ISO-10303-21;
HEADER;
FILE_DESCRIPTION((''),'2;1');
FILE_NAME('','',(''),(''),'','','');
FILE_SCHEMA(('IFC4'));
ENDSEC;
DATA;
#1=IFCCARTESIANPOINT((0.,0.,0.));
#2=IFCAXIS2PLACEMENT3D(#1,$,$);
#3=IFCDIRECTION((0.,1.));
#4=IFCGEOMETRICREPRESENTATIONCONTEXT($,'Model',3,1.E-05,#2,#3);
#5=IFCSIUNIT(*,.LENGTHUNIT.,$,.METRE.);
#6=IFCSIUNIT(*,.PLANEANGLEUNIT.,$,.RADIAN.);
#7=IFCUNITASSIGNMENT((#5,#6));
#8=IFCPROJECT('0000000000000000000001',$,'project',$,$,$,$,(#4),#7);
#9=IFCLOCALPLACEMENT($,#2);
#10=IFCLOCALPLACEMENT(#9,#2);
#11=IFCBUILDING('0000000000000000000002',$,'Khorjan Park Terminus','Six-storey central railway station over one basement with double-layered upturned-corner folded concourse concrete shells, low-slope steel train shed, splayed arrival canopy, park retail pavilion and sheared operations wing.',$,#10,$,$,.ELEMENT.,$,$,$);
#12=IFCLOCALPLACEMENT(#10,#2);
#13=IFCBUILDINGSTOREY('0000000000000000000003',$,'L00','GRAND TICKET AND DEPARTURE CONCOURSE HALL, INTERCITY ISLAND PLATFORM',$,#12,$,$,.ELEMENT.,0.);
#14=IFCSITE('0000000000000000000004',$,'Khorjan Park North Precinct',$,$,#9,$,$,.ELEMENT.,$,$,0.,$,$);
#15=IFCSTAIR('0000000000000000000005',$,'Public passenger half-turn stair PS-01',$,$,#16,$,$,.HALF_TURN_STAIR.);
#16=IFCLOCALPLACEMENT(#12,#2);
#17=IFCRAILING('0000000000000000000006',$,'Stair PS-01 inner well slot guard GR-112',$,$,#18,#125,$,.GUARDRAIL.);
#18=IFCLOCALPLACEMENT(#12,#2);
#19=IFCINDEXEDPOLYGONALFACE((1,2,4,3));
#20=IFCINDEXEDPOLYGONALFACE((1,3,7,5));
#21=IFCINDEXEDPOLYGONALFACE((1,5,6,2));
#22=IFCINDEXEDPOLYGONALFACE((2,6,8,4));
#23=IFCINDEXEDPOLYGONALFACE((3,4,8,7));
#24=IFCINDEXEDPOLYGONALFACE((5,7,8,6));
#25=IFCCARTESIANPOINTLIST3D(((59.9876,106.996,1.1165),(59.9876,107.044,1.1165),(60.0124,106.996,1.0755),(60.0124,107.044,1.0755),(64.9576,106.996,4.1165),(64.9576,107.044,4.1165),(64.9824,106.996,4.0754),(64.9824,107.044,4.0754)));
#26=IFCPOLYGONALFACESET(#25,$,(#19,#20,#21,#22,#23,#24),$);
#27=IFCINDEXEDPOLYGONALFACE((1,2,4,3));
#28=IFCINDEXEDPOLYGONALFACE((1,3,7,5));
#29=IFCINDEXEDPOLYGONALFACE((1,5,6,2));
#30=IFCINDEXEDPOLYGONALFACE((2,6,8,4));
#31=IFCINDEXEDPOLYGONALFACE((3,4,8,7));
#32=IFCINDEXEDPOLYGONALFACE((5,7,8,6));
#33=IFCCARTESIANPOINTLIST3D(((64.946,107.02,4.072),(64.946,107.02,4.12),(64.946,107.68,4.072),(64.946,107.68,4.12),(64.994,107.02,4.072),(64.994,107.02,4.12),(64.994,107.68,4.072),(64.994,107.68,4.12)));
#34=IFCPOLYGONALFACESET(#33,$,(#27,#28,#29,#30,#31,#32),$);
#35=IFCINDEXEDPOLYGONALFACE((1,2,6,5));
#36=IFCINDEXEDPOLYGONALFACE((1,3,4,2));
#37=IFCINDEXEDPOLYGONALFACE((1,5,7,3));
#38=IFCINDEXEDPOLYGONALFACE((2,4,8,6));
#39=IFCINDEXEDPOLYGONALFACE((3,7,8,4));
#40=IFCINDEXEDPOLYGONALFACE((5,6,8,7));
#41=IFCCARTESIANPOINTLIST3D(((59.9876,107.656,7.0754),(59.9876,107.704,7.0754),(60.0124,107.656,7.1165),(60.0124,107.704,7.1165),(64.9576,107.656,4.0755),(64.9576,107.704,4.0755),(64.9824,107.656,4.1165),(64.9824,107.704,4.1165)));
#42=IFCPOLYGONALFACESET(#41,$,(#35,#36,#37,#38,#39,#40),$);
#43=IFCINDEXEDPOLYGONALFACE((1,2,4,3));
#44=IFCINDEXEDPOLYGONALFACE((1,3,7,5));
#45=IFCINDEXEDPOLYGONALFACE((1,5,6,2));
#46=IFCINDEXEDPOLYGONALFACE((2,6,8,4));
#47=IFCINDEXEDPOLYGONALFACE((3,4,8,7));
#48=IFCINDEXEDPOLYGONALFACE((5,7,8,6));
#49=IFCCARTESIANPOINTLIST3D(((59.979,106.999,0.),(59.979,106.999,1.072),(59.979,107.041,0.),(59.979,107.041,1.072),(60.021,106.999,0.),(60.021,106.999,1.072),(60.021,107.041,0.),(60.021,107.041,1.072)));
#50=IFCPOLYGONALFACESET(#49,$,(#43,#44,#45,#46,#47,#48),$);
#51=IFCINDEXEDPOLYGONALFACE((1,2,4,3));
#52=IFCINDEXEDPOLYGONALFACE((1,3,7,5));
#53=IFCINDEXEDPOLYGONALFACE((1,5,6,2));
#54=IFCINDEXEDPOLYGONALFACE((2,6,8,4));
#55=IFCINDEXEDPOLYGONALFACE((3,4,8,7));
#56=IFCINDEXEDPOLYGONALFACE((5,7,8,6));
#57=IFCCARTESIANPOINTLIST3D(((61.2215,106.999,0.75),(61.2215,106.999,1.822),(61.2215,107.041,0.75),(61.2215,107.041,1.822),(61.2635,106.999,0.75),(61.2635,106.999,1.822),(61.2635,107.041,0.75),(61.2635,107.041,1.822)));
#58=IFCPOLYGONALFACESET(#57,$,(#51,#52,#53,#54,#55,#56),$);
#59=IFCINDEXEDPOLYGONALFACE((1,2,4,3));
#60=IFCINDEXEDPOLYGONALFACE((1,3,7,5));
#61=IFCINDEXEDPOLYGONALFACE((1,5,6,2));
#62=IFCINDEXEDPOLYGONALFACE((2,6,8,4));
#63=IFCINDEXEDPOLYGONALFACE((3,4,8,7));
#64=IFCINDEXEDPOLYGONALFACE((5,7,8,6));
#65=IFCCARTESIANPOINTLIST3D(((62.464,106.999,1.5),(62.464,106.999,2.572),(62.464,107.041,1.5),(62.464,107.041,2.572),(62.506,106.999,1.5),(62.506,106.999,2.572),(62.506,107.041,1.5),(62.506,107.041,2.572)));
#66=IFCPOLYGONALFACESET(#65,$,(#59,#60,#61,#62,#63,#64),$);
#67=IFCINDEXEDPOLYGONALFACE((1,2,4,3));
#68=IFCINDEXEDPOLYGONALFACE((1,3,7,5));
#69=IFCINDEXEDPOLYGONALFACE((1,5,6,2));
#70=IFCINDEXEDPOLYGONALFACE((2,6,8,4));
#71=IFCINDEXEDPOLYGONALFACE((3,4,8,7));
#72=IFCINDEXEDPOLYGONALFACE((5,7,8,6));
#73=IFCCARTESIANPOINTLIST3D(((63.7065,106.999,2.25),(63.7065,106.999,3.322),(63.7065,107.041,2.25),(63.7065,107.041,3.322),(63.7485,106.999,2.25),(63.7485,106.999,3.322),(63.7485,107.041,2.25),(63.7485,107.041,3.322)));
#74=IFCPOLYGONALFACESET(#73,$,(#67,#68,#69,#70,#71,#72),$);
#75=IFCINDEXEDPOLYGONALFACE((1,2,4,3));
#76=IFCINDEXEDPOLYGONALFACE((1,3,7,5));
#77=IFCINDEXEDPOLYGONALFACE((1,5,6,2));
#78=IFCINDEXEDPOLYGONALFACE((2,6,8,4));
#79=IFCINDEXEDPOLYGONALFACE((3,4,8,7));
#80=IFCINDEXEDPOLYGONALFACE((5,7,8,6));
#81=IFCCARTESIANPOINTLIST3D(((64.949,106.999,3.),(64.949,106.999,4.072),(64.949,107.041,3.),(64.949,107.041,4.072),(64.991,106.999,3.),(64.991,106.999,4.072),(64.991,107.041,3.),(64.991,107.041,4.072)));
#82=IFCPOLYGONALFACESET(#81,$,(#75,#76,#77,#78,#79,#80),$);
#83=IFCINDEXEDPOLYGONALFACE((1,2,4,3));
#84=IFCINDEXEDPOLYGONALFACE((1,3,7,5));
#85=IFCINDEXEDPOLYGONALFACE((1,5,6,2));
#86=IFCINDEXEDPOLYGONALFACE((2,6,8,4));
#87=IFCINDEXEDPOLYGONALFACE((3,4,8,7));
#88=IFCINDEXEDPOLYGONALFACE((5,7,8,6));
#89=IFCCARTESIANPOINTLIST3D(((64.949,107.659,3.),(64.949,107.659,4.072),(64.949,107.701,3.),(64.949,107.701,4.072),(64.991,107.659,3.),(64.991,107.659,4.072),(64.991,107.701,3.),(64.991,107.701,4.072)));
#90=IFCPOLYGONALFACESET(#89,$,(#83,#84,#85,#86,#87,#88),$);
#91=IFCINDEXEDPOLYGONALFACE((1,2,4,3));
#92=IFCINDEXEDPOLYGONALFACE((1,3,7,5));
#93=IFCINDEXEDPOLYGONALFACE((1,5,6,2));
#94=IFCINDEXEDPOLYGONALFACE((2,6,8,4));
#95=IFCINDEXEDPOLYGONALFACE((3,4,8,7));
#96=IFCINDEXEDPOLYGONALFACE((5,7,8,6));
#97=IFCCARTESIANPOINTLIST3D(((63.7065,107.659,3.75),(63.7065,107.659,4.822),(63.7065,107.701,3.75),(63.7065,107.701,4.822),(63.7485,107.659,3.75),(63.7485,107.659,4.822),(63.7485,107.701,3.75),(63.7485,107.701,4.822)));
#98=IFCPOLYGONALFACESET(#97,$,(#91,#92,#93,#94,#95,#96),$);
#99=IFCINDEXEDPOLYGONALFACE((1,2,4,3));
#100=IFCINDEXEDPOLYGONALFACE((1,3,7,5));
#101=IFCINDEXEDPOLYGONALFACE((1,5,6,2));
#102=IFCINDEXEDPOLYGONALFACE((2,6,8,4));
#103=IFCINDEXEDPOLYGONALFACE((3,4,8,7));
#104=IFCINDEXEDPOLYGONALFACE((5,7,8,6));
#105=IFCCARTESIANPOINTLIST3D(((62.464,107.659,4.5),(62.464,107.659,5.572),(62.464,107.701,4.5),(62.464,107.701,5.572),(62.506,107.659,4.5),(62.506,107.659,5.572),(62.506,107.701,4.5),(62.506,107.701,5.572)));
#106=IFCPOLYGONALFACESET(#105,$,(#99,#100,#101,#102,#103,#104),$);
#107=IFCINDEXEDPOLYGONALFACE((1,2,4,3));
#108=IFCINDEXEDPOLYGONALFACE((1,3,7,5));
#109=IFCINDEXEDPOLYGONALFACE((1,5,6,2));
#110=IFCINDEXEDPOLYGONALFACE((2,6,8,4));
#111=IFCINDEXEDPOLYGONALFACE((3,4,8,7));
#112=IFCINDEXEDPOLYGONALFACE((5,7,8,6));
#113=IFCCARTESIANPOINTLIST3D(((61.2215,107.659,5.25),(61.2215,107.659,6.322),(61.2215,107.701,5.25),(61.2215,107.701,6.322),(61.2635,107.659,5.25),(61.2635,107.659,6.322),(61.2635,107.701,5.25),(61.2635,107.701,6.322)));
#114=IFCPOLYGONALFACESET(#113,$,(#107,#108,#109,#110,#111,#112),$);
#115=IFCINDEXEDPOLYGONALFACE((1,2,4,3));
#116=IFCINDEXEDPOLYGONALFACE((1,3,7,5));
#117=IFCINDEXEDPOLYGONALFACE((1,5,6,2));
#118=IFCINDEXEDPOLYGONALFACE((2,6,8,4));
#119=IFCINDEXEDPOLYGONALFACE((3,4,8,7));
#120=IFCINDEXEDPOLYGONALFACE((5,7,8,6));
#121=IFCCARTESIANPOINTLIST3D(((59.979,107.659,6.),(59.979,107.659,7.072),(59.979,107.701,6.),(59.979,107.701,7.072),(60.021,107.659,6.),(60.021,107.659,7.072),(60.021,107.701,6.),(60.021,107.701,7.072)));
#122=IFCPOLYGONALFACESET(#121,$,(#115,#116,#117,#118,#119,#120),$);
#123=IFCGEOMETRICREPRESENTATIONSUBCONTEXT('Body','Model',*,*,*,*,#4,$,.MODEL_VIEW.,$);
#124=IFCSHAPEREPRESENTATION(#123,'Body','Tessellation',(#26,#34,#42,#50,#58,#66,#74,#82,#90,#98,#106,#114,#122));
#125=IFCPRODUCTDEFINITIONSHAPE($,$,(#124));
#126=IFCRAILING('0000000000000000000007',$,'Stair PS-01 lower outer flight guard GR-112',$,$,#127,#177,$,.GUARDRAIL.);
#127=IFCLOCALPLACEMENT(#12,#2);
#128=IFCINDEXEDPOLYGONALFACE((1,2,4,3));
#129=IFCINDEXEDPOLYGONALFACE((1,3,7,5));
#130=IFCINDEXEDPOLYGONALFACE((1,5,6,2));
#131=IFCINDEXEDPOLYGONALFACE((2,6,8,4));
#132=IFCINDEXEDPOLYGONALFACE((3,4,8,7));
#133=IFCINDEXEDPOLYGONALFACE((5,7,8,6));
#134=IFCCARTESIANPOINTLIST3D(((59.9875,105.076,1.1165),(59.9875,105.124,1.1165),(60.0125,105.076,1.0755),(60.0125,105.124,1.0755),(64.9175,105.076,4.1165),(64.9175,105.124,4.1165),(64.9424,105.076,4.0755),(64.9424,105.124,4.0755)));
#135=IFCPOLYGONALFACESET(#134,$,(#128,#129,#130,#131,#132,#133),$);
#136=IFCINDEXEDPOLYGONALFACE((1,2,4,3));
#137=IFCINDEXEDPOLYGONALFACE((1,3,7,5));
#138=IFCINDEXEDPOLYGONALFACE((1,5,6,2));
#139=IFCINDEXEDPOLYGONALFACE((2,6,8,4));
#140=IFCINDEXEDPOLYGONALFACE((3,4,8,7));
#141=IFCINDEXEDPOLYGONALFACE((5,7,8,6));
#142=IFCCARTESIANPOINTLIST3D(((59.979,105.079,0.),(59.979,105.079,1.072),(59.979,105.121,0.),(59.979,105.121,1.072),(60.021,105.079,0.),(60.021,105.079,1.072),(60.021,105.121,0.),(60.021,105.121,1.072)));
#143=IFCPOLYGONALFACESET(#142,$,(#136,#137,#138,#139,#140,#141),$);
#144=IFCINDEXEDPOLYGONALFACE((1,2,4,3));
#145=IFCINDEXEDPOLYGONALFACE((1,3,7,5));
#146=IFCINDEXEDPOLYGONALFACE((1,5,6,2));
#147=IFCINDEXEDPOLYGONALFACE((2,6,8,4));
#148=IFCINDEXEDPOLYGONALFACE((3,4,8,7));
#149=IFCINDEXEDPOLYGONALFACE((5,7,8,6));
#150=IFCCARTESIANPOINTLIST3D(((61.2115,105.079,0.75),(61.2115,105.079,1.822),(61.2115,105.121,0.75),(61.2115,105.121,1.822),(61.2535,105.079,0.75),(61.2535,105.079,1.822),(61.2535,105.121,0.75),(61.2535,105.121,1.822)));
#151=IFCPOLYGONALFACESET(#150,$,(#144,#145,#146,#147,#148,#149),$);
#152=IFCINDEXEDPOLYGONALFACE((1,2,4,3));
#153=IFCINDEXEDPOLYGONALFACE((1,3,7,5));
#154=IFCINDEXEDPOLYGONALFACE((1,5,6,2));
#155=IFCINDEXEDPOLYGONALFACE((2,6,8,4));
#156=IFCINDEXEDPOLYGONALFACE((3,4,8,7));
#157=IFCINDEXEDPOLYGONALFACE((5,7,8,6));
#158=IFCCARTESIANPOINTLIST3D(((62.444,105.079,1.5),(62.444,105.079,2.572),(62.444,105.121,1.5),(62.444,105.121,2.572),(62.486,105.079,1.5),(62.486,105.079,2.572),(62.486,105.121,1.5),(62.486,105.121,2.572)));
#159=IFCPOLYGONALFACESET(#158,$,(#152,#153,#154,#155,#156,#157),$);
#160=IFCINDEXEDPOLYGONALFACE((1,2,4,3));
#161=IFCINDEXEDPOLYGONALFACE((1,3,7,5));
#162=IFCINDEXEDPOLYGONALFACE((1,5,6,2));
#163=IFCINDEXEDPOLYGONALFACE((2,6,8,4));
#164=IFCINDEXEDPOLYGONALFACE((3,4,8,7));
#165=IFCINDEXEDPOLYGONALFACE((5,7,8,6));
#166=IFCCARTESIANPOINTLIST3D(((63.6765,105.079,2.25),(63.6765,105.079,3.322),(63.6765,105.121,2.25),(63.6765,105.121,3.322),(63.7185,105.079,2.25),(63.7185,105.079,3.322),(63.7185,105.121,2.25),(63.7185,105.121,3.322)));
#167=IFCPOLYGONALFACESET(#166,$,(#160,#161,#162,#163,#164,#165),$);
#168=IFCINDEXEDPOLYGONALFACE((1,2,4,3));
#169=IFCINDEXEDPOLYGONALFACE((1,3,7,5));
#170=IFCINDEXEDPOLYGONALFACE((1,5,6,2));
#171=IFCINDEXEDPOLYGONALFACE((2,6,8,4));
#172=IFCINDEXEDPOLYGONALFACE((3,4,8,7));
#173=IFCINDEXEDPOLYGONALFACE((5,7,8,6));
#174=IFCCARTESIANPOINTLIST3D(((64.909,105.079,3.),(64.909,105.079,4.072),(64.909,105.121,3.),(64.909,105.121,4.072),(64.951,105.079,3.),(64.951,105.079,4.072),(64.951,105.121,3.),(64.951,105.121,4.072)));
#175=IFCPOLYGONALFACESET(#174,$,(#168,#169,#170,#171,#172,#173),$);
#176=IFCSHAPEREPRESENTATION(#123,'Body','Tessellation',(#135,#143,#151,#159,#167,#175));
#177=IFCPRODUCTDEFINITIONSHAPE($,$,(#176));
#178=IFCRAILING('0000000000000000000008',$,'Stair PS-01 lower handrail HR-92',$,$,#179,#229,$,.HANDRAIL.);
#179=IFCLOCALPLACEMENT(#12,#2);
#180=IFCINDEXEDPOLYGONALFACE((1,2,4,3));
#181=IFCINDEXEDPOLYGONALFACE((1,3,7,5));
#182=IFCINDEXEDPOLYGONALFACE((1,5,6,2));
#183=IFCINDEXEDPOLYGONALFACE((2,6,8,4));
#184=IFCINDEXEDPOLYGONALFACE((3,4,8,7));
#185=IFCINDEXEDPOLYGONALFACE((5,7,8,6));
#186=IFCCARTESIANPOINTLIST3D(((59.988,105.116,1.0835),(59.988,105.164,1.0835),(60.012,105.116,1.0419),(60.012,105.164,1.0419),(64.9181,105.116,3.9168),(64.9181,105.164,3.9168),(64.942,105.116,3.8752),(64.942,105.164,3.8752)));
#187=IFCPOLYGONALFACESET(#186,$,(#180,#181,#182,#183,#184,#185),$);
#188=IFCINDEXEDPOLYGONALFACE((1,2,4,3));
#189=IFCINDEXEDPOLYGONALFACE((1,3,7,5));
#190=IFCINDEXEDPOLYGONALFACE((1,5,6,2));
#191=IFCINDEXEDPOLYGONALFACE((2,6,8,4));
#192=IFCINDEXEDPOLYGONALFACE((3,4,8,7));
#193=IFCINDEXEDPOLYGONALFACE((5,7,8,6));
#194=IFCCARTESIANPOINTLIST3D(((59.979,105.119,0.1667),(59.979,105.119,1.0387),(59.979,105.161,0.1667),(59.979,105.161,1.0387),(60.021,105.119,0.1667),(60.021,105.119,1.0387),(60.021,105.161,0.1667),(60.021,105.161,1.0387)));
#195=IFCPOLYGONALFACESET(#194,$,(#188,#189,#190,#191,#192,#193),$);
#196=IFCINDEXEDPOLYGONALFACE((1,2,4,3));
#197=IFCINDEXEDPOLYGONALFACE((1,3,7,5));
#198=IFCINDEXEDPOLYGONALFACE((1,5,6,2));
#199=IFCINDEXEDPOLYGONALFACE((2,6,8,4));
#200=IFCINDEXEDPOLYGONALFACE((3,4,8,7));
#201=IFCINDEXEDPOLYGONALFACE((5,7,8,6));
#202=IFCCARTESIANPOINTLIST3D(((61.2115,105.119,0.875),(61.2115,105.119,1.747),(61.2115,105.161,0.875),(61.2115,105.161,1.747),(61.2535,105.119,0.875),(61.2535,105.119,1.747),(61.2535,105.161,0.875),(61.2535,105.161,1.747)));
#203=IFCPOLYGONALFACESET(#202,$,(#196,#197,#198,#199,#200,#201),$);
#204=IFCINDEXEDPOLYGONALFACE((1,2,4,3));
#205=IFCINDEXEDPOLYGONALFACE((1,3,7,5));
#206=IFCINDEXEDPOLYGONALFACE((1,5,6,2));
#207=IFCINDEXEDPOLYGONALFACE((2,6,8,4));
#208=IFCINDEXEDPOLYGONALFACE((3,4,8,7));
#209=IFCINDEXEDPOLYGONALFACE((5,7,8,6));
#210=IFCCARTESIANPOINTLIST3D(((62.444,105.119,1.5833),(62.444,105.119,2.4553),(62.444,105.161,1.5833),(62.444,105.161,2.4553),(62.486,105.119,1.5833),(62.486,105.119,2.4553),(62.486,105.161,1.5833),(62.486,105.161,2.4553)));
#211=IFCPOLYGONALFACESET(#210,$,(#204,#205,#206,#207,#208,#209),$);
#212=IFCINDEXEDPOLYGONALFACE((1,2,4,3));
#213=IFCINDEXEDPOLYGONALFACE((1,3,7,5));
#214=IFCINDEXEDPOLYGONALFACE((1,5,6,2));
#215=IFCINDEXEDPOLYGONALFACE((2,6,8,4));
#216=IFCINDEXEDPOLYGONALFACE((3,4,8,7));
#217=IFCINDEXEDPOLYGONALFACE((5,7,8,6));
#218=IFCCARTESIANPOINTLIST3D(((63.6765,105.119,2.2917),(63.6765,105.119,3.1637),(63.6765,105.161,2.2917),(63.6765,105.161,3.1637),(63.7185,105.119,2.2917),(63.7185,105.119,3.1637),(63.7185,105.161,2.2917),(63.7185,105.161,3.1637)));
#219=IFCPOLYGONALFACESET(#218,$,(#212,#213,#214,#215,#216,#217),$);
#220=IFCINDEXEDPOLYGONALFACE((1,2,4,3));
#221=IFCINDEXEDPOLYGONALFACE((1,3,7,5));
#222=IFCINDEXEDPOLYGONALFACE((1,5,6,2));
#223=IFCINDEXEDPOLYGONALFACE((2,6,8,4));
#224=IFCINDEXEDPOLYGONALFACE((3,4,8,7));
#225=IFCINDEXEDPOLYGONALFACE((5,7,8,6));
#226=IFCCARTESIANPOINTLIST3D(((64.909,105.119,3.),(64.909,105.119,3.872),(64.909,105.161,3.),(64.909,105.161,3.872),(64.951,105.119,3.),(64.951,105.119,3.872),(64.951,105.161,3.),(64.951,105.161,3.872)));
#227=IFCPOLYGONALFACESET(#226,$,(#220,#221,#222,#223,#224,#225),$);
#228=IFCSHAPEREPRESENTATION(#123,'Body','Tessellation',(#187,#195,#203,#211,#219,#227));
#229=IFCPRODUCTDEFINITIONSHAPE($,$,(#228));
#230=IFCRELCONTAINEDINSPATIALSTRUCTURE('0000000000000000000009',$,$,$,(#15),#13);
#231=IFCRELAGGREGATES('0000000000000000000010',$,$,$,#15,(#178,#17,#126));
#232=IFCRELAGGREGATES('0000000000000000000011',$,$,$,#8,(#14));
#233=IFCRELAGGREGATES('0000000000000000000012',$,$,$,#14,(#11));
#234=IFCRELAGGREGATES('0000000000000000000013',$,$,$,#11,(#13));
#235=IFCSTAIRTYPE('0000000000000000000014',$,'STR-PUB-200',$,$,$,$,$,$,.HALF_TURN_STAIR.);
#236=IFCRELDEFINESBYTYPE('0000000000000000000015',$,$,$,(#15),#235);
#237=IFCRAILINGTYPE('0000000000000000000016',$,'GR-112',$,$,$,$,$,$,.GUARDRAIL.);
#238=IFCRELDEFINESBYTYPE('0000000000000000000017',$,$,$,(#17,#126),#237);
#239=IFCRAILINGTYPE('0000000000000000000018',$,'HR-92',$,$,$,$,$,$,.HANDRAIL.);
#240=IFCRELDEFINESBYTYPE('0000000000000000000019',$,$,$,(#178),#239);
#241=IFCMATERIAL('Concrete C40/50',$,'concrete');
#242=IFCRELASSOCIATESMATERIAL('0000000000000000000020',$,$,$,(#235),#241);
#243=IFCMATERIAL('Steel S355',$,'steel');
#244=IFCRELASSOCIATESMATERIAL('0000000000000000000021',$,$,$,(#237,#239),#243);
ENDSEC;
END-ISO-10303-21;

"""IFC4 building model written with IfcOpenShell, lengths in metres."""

from ifc_helpers import new_model, si_unit, direction, frame, origin, origin_2d, place, context, subcontext, project, spatial, rectangle, extrude, material, type_object, element, aggregate, save


model = new_model("IFC4")

# Units and contexts
model_context = context("Model", 3, precision=1e-05, world=origin(), true_north=direction((0.0, 1.0)))
body_context = subcontext(model_context, "Body", "Model", "MODEL_VIEW")
ifc_project = project(units=[si_unit("LENGTHUNIT", "METRE"), si_unit("PLANEANGLEUNIT", "RADIAN")], contexts=[model_context])

# Site, building, storey
site_placement = place(None, origin())
site = spatial("IfcSite", under=ifc_project, at=site_placement, Name="Khorjan Park North Precinct", CompositionType="ELEMENT", RefElevation=0.0)
building_placement = place(site_placement, origin())
building = spatial("IfcBuilding", under=site, at=building_placement, Name="Khorjan Park Terminus", Description="Six-storey central railway station over one basement with double-layered upturned-corner folded concourse concrete shells, low-slope steel train shed, splayed arrival canopy, park retail pavilion and sheared operations wing.", CompositionType="ELEMENT")
storey_placement = place(building_placement, origin())
storey = spatial("IfcBuildingStorey", under=building, at=storey_placement, Name="L00", Description="GRAND TICKET AND DEPARTURE CONCOURSE HALL, INTERCITY ISLAND PLATFORM", CompositionType="ELEMENT", Elevation=0.0)

# Shared definitions
ifc_material_1 = material(Name="Concrete C40/50", Category="concrete")
ifc_material_2 = material(Name="Steel S355", Category="steel")

# Stair, railings
stair_type = type_object("IfcStairType", Name="STR-PUB-200", PredefinedType="HALF_TURN_STAIR", material=ifc_material_1)
stair_placement = place(storey_placement, origin())
stair = element("IfcStair", 1, at=stair_placement, inside=storey, type_object=stair_type, Name="Public passenger half-turn stair PS-01", PredefinedType="HALF_TURN_STAIR")
railing_type_1 = type_object("IfcRailingType", Name="GR-112", PredefinedType="GUARDRAIL", material=ifc_material_2)
railing_1_placement = place(storey_placement, frame((60.0, 107.02, 0.0)))
railing_1 = element("IfcRailing", 2, at=railing_1_placement, type_object=railing_type_1, Name="Stair PS-01 inner well slot guard GR-112", PredefinedType="GUARDRAIL", context=body_context, shape_type="SweptSolid", body=[
    extrude(rectangle(XDim=0.048, YDim=0.048, at=origin_2d()), frame((0.0, 0.0, 1.096), z_axis=(0.856122, 0.0, 0.516774), x_axis=(0.0, 1.0, 0.0)), (0.0, 0.0, 1.0), 5.8052),
    extrude(rectangle(XDim=0.048, YDim=0.048, at=origin_2d()), frame((4.97, 0.0, 4.096), z_axis=(0.0, 1.0, 0.0), x_axis=(-1.0, 0.0, 0.0)), (0.0, 0.0, 1.0), 0.66),
    extrude(rectangle(XDim=0.048, YDim=0.048, at=origin_2d()), frame((4.97, 0.66, 4.096), z_axis=(-0.856122, 0.0, 0.516774), x_axis=(0.0, -1.0, 0.0)), (0.0, 0.0, 1.0), 5.8052),
    extrude(rectangle(XDim=0.042, YDim=0.042, at=origin_2d()), origin(), (0.0, 0.0, 1.0), 1.072),
    extrude(rectangle(XDim=0.042, YDim=0.042, at=origin_2d()), frame((1.2425, 0.0, 0.75)), (0.0, 0.0, 1.0), 1.072),
    extrude(rectangle(XDim=0.042, YDim=0.042, at=origin_2d()), frame((2.485, 0.0, 1.5)), (0.0, 0.0, 1.0), 1.072),
    extrude(rectangle(XDim=0.042, YDim=0.042, at=origin_2d()), frame((3.7275, 0.0, 2.25)), (0.0, 0.0, 1.0), 1.072),
    extrude(rectangle(XDim=0.042, YDim=0.042, at=origin_2d()), frame((4.97, 0.0, 3.0)), (0.0, 0.0, 1.0), 1.072),
    extrude(rectangle(XDim=0.042, YDim=0.042, at=origin_2d()), frame((4.97, 0.66, 3.0)), (0.0, 0.0, 1.0), 1.072),
    extrude(rectangle(XDim=0.042, YDim=0.042, at=origin_2d()), frame((3.7275, 0.66, 3.75)), (0.0, 0.0, 1.0), 1.072),
    extrude(rectangle(XDim=0.042, YDim=0.042, at=origin_2d()), frame((2.485, 0.66, 4.5)), (0.0, 0.0, 1.0), 1.072),
    extrude(rectangle(XDim=0.042, YDim=0.042, at=origin_2d()), frame((1.2425, 0.66, 5.25)), (0.0, 0.0, 1.0), 1.072),
    extrude(rectangle(XDim=0.042, YDim=0.042, at=origin_2d()), frame((0.0, 0.66, 6.0)), (0.0, 0.0, 1.0), 1.072),
])
railing_2_placement = place(storey_placement, frame((60.0, 105.1, 0.0)))
railing_2 = element("IfcRailing", 3, at=railing_2_placement, type_object=railing_type_1, Name="Stair PS-01 lower outer flight guard GR-112", PredefinedType="GUARDRAIL", context=body_context, shape_type="SweptSolid", body=[
    extrude(rectangle(XDim=0.048, YDim=0.048, at=origin_2d()), frame((0.0, 0.0, 1.096), z_axis=(0.854265, 0.0, 0.519837), x_axis=(0.0, 1.0, 0.0)), (0.0, 0.0, 1.0), 5.771),
    extrude(rectangle(XDim=0.042, YDim=0.042, at=origin_2d()), origin(), (0.0, 0.0, 1.0), 1.072),
    extrude(rectangle(XDim=0.042, YDim=0.042, at=origin_2d()), frame((1.2325, 0.0, 0.75)), (0.0, 0.0, 1.0), 1.072),
    extrude(rectangle(XDim=0.042, YDim=0.042, at=origin_2d()), frame((2.465, 0.0, 1.5)), (0.0, 0.0, 1.0), 1.072),
    extrude(rectangle(XDim=0.042, YDim=0.042, at=origin_2d()), frame((3.6975, 0.0, 2.25)), (0.0, 0.0, 1.0), 1.072),
    extrude(rectangle(XDim=0.042, YDim=0.042, at=origin_2d()), frame((4.93, 0.0, 3.0)), (0.0, 0.0, 1.0), 1.072),
])
railing_type_2 = type_object("IfcRailingType", Name="HR-92", PredefinedType="HANDRAIL", material=ifc_material_2)
railing_3_placement = place(storey_placement, frame((60.0, 105.14, 0.1667)))
railing_3 = element("IfcRailing", 4, at=railing_3_placement, type_object=railing_type_2, Name="Stair PS-01 lower handrail HR-92", PredefinedType="HANDRAIL", context=body_context, shape_type="SweptSolid", body=[
    extrude(rectangle(XDim=0.048, YDim=0.048, at=origin_2d()), frame((0.0, 0.0, 0.896), z_axis=(0.867016, 0.0, 0.498279), x_axis=(0.0, 1.0, 0.0)), (0.0, 0.0, 1.0), 5.6862),
    extrude(rectangle(XDim=0.042, YDim=0.042, at=origin_2d()), origin(), (0.0, 0.0, 1.0), 0.872),
    extrude(rectangle(XDim=0.042, YDim=0.042, at=origin_2d()), frame((1.2325, 0.0, 0.7083)), (0.0, 0.0, 1.0), 0.872),
    extrude(rectangle(XDim=0.042, YDim=0.042, at=origin_2d()), frame((2.465, 0.0, 1.4166)), (0.0, 0.0, 1.0), 0.872),
    extrude(rectangle(XDim=0.042, YDim=0.042, at=origin_2d()), frame((3.6975, 0.0, 2.125)), (0.0, 0.0, 1.0), 0.872),
    extrude(rectangle(XDim=0.042, YDim=0.042, at=origin_2d()), frame((4.93, 0.0, 2.8333)), (0.0, 0.0, 1.0), 0.872),
])
aggregate(stair, [railing_3, railing_1, railing_2])

save(model, "model.ifc")
